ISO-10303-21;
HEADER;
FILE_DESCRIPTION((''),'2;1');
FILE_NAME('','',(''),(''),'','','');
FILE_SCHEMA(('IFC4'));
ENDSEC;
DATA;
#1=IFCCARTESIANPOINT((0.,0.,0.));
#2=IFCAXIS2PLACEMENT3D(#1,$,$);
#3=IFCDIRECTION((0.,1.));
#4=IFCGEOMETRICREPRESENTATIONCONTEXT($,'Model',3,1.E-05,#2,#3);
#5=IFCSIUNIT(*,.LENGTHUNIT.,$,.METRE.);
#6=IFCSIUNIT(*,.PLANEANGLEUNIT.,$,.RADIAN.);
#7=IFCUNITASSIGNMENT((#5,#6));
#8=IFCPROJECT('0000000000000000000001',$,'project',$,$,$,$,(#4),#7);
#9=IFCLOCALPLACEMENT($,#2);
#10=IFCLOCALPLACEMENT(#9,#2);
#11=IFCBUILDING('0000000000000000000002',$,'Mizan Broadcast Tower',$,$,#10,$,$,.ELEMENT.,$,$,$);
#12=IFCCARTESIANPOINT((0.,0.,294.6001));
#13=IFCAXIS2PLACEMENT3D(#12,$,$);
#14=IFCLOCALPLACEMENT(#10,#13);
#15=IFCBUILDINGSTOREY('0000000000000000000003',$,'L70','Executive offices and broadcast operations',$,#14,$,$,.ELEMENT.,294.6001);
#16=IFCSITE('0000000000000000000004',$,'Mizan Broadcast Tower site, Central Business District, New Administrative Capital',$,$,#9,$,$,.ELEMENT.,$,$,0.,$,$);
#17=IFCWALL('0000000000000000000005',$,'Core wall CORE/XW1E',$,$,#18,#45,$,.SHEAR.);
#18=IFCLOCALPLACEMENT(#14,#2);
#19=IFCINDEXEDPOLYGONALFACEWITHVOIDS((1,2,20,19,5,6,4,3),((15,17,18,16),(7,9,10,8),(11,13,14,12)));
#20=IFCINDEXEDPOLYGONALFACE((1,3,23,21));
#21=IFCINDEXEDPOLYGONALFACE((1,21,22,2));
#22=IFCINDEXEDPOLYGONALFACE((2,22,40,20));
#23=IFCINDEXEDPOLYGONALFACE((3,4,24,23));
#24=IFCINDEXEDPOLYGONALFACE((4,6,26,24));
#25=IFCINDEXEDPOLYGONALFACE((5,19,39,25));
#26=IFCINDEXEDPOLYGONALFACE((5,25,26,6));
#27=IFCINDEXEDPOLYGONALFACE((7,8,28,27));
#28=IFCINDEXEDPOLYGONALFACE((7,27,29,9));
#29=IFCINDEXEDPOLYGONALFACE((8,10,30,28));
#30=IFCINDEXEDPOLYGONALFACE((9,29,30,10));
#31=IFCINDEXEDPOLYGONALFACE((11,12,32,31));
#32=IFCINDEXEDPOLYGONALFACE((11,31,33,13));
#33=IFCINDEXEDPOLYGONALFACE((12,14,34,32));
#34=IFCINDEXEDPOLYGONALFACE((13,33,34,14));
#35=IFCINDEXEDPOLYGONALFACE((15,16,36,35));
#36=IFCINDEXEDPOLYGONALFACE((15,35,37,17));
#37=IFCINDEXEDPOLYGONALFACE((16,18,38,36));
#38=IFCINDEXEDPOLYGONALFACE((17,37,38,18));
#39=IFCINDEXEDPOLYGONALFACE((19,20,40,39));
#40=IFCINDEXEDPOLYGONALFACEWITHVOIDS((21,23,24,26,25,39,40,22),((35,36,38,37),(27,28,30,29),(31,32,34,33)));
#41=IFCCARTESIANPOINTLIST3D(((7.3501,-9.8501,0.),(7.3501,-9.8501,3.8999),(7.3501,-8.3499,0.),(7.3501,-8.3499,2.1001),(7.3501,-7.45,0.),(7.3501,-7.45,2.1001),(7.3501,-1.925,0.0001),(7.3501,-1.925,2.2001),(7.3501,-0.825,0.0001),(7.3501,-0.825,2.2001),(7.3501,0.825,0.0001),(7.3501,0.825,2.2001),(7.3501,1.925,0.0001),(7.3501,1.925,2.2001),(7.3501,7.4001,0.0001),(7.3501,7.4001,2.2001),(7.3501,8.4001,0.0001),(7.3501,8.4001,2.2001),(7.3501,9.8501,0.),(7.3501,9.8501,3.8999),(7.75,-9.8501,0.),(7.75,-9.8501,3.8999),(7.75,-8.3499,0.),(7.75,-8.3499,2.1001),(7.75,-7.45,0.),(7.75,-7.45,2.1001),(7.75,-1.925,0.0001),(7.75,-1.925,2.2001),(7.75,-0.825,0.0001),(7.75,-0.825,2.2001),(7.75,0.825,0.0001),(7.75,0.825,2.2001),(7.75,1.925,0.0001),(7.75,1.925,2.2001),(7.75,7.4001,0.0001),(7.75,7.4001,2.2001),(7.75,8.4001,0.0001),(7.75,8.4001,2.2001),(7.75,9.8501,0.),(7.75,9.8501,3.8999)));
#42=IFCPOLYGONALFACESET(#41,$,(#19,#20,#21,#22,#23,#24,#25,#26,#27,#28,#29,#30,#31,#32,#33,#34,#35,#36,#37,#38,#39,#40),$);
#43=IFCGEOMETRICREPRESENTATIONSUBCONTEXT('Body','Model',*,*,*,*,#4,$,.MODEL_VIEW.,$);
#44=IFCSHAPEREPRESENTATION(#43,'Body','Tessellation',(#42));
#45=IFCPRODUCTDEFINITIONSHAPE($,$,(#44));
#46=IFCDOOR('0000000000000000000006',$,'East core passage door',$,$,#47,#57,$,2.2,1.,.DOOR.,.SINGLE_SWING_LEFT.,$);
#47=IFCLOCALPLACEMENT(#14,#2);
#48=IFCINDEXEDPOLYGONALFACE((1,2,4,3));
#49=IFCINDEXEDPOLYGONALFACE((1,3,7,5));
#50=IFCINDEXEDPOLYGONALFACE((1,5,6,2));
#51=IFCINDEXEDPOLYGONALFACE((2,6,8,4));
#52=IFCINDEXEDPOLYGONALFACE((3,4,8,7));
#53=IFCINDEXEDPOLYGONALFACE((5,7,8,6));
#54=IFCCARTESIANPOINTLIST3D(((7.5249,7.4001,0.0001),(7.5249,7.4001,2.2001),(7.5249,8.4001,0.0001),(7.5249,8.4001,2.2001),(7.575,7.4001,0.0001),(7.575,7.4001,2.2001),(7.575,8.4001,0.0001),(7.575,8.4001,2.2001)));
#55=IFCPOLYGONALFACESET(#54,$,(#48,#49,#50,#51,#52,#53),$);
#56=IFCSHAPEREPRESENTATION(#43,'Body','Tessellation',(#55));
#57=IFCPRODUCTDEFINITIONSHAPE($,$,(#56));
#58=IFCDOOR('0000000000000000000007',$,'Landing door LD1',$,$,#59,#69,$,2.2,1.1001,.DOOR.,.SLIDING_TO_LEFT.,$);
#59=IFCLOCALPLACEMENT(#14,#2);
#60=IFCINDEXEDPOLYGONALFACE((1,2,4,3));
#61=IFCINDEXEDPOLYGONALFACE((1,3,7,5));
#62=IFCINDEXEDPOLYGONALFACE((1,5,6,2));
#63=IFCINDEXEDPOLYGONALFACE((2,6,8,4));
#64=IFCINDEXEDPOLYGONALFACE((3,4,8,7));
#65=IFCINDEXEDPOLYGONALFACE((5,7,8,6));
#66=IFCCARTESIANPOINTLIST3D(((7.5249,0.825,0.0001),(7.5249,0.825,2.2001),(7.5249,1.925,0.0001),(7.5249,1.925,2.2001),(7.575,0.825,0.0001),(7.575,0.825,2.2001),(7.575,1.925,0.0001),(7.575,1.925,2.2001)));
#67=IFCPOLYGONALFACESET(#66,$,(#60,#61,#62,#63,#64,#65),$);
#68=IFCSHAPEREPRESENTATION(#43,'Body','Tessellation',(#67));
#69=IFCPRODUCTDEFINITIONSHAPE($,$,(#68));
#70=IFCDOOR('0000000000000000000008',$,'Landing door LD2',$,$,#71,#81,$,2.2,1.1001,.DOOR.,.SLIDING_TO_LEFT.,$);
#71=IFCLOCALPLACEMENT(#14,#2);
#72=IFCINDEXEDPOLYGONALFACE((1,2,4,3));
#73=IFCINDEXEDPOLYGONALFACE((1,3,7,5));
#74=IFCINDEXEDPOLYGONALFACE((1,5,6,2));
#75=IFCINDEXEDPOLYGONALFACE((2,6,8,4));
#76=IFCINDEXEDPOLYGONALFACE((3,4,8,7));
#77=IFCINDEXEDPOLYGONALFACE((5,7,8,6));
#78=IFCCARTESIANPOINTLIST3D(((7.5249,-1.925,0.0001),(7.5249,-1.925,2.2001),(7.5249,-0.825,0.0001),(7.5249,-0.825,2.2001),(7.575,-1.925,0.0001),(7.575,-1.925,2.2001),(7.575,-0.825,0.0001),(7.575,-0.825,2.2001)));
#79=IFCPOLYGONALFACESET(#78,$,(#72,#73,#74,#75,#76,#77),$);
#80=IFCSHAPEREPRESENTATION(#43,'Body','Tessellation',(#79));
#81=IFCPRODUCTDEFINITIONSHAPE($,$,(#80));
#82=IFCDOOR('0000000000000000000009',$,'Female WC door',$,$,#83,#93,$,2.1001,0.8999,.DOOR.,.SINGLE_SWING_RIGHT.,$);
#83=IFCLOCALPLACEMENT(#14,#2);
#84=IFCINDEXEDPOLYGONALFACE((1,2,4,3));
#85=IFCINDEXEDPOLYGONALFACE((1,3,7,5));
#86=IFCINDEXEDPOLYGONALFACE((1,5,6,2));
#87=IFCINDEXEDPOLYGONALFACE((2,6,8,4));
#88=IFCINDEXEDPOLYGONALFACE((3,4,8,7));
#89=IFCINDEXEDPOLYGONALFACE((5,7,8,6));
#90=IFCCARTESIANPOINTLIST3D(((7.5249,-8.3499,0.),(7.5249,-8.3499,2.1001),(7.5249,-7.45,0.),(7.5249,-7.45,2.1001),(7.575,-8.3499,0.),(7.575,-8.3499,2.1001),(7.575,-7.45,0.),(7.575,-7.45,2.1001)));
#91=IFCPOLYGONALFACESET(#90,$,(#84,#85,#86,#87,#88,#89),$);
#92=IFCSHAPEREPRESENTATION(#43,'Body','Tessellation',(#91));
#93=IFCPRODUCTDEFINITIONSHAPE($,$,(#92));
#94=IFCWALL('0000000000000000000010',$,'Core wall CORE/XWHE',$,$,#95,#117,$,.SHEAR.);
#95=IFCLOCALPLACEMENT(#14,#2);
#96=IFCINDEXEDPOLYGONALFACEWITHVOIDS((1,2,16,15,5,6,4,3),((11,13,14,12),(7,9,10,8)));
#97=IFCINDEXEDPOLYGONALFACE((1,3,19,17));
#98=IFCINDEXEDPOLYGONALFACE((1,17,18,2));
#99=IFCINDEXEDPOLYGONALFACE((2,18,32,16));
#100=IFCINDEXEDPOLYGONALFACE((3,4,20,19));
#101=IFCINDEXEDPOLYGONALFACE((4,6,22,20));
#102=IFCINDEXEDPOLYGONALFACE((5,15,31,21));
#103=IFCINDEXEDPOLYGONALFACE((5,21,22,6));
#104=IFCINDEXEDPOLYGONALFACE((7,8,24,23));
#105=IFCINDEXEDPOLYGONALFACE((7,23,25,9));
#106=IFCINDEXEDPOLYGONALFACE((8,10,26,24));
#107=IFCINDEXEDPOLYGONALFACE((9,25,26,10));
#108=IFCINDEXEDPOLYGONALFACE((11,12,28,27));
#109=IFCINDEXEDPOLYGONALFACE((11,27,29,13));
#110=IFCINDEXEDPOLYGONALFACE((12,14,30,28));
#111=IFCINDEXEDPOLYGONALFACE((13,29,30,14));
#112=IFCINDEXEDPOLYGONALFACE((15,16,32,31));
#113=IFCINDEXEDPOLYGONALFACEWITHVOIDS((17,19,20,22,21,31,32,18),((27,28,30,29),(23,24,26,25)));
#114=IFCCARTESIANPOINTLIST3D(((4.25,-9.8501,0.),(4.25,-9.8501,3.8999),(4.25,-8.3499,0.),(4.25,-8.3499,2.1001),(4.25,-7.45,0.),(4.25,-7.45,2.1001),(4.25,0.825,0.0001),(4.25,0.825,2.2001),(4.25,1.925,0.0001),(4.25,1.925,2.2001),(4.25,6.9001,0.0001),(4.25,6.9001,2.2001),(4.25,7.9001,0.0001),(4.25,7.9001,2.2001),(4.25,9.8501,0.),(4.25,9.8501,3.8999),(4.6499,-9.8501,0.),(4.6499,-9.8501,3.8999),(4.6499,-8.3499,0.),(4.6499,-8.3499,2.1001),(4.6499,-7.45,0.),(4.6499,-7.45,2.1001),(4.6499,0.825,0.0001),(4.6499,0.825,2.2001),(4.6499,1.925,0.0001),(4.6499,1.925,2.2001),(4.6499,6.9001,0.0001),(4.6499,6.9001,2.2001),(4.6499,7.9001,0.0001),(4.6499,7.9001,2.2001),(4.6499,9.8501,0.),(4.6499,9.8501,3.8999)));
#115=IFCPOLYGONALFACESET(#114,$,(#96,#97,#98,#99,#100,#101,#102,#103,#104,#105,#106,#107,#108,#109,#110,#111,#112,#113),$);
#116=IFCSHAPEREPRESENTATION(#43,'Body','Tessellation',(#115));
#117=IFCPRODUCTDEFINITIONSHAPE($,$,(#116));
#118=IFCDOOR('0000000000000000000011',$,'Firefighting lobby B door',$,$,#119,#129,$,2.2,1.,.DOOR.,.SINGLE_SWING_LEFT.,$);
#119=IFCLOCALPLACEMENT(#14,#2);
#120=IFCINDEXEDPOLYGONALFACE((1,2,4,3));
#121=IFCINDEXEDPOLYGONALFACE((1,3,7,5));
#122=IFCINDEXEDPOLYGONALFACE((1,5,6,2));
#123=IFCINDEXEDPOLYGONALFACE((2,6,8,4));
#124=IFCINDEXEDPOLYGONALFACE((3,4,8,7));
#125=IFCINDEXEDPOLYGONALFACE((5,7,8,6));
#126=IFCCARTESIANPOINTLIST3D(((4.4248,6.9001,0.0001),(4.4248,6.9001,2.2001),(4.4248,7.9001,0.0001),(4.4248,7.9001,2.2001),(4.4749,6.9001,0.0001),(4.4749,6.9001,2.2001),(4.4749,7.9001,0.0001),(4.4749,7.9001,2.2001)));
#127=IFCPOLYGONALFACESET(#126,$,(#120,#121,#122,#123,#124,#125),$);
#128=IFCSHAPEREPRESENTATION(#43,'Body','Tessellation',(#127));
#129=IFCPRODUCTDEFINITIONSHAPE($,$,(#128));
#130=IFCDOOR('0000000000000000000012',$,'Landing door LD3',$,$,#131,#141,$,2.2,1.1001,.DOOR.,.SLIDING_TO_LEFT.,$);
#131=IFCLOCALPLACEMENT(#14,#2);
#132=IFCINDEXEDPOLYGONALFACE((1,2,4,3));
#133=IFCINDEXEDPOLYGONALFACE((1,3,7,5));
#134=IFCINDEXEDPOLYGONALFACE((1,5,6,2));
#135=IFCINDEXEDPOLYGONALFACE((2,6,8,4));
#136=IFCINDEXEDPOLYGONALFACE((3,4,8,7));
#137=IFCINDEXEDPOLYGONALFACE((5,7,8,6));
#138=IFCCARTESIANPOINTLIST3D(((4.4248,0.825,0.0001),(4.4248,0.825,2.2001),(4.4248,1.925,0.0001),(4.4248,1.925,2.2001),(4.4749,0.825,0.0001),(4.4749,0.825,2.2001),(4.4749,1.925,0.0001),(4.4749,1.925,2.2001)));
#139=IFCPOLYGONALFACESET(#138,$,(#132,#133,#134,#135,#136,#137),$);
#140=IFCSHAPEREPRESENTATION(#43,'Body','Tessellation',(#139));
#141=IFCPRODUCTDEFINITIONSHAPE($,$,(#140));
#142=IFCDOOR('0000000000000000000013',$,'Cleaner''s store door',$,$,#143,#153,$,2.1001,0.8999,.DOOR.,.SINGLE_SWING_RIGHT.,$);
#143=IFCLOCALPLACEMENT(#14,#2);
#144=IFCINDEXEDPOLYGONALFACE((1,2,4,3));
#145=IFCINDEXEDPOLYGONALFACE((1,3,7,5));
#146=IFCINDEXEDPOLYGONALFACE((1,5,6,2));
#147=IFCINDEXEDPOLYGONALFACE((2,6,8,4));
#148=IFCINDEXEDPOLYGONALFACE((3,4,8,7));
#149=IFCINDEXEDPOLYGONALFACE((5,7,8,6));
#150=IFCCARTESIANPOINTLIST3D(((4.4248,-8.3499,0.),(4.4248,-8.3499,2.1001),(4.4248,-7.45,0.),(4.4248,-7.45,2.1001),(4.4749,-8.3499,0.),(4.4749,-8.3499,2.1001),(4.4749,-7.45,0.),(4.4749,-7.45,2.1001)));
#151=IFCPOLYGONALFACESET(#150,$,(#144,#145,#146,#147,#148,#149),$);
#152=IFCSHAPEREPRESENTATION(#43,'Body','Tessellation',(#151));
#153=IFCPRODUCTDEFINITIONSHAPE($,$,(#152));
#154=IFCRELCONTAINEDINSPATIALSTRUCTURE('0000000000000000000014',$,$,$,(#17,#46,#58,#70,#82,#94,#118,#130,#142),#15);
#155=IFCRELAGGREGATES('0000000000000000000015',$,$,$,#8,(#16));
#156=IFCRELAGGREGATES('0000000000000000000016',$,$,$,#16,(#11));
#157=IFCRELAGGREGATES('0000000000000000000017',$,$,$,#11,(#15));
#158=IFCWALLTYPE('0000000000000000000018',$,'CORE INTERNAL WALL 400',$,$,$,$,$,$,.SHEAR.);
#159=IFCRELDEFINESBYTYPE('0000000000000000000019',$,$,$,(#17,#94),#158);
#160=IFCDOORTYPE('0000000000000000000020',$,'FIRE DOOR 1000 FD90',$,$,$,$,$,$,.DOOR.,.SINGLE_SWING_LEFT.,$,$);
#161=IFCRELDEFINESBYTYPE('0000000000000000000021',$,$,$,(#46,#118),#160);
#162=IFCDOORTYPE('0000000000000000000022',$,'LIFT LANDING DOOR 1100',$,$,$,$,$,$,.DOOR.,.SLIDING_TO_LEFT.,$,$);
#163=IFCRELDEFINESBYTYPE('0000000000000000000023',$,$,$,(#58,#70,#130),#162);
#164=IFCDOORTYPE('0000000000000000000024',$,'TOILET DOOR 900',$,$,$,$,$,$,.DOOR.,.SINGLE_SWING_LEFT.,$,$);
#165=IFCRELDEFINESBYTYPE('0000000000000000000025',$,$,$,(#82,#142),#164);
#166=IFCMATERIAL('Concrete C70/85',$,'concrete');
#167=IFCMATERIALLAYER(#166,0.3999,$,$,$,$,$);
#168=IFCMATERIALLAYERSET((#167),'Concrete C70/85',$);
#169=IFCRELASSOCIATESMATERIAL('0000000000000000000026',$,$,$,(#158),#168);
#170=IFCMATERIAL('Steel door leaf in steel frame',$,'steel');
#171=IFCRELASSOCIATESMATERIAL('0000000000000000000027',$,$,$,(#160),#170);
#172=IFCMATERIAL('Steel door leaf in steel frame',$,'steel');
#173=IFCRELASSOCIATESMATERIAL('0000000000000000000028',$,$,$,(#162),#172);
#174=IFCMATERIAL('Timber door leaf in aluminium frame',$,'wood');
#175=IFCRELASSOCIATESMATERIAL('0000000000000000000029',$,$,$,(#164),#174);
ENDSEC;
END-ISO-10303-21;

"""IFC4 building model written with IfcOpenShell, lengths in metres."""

from ifc_helpers import new_model, si_unit, direction, frame, frame_2d, origin, place, context, subcontext, project, spatial, rectangle, extrude, material, layer, layer_set, type_object, element, fill, save


model = new_model("IFC4")

# Units and contexts
model_context = context("Model", 3, precision=1e-05, world=origin(), true_north=direction((0.0, 1.0)))
body_context = subcontext(model_context, "Body", "Model", "MODEL_VIEW")
ifc_project = project(units=[si_unit("LENGTHUNIT", "METRE"), si_unit("PLANEANGLEUNIT", "RADIAN")], contexts=[model_context])

# Site, building, storey
site_placement = place(None, origin())
site = spatial("IfcSite", under=ifc_project, at=site_placement, Name="Mizan Broadcast Tower site, Central Business District, New Administrative Capital", CompositionType="ELEMENT", RefElevation=0.0)
building_placement = place(site_placement, origin())
building = spatial("IfcBuilding", under=site, at=building_placement, Name="Mizan Broadcast Tower", CompositionType="ELEMENT")
storey_placement = place(building_placement, frame((0.0, 0.0, 294.6001)))
storey = spatial("IfcBuildingStorey", under=building, at=storey_placement, Name="L70", Description="Executive offices and broadcast operations", CompositionType="ELEMENT", Elevation=294.6001)

# Walls, openings, doors
ifc_material_1 = material(Name="Concrete C70/85", Category="concrete")
ifc_layer_1 = layer(ifc_material_1, 0.3999)
ifc_layer_set_1 = layer_set([ifc_layer_1], Name="Concrete C70/85")
wall_type = type_object("IfcWallType", Name="CORE INTERNAL WALL 400", PredefinedType="SHEAR", material=ifc_layer_set_1)
wall_1_placement = place(storey_placement, frame((7.55, 9.8501, 0.0), z_axis=(0.0, 0.0, 1.0), x_axis=(0.0, -1.0, 0.0)))
wall_1 = element("IfcWall", 1, at=wall_1_placement, inside=storey, type_object=wall_type, Name="Core wall CORE/XW1E", PredefinedType="SHEAR", context=body_context, shape_type="SweptSolid", body=[
    extrude(rectangle(XDim=19.7002, YDim=0.3999, at=frame_2d((9.8501, 0.0))), origin(), (0.0, 0.0, 1.0), 3.8999),
])
opening_1_placement = place(wall_1_placement, frame((1.45, 0.0, 0.0)))
opening_1 = element("IfcOpeningElement", 2, at=opening_1_placement, cuts=wall_1, PredefinedType="OPENING", context=body_context, shape_type="SweptSolid", body=[
    extrude(rectangle(XDim=1.0, YDim=2.2, at=frame_2d((0.5, 1.1001))), frame((0.0, 0.21, 0.0), z_axis=(0.0, -1.0, 0.0), x_axis=(1.0, 0.0, 0.0)), (0.0, 0.0, 1.0), 0.4199),
])
opening_2_placement = place(wall_1_placement, frame((17.3, 0.0, 0.0)))
opening_2 = element("IfcOpeningElement", 3, at=opening_2_placement, cuts=wall_1, PredefinedType="OPENING", context=body_context, shape_type="SweptSolid", body=[
    extrude(rectangle(XDim=0.8999, YDim=2.1001, at=frame_2d((0.45, 1.05))), frame((0.0, 0.21, 0.0), z_axis=(0.0, -1.0, 0.0), x_axis=(1.0, 0.0, 0.0)), (0.0, 0.0, 1.0), 0.4199),
])
opening_3_placement = place(wall_1_placement, frame((7.925, 0.0, 0.0)))
opening_3 = element("IfcOpeningElement", 4, at=opening_3_placement, cuts=wall_1, PredefinedType="OPENING", context=body_context, shape_type="SweptSolid", body=[
    extrude(rectangle(XDim=1.1001, YDim=2.2, at=frame_2d((0.55, 1.1001))), frame((0.0, 0.21, 0.0), z_axis=(0.0, -1.0, 0.0), x_axis=(1.0, 0.0, 0.0)), (0.0, 0.0, 1.0), 0.4199),
])
opening_4_placement = place(wall_1_placement, frame((10.675, 0.0, 0.0)))
opening_4 = element("IfcOpeningElement", 5, at=opening_4_placement, cuts=wall_1, PredefinedType="OPENING", context=body_context, shape_type="SweptSolid", body=[
    extrude(rectangle(XDim=1.1001, YDim=2.2, at=frame_2d((0.55, 1.1001))), frame((0.0, 0.21, 0.0), z_axis=(0.0, -1.0, 0.0), x_axis=(1.0, 0.0, 0.0)), (0.0, 0.0, 1.0), 0.4199),
])
ifc_material_2 = material(Name="Steel door leaf in steel frame", Category="steel")
door_type_1 = type_object("IfcDoorType", Name="FIRE DOOR 1000 FD90", OperationType="SINGLE_SWING_LEFT", PredefinedType="DOOR", material=ifc_material_2)
door_1_placement = place(opening_1_placement, origin())
door_1 = element("IfcDoor", 6, at=door_1_placement, inside=storey, type_object=door_type_1, Name="East core passage door", OperationType="SINGLE_SWING_LEFT", OverallHeight=2.2, OverallWidth=1.0, PredefinedType="DOOR", context=body_context, shape_type="SweptSolid", body=[
    extrude(rectangle(XDim=1.0, YDim=2.2, at=frame_2d((0.5, 1.1001))), frame((0.0, 0.0249, 0.0), z_axis=(0.0, -1.0, 0.0), x_axis=(1.0, 0.0, 0.0)), (0.0, 0.0, 1.0), 0.05),
])
fill(opening_1, door_1)
ifc_material_3 = material(Name="Steel door leaf in steel frame", Category="steel")
door_type_2 = type_object("IfcDoorType", Name="LIFT LANDING DOOR 1100", OperationType="SLIDING_TO_LEFT", PredefinedType="DOOR", material=ifc_material_3)
door_2_placement = place(opening_3_placement, origin())
door_2 = element("IfcDoor", 7, at=door_2_placement, inside=storey, type_object=door_type_2, Name="Landing door LD1", OperationType="SLIDING_TO_LEFT", OverallHeight=2.2, OverallWidth=1.1001, PredefinedType="DOOR", context=body_context, shape_type="SweptSolid", body=[
    extrude(rectangle(XDim=1.1001, YDim=2.2, at=frame_2d((0.55, 1.1001))), frame((0.0, 0.0249, 0.0), z_axis=(0.0, -1.0, 0.0), x_axis=(1.0, 0.0, 0.0)), (0.0, 0.0, 1.0), 0.05),
])
fill(opening_3, door_2)
door_3_placement = place(opening_4_placement, origin())
door_3 = element("IfcDoor", 8, at=door_3_placement, inside=storey, type_object=door_type_2, Name="Landing door LD2", OperationType="SLIDING_TO_LEFT", OverallHeight=2.2, OverallWidth=1.1001, PredefinedType="DOOR", context=body_context, shape_type="SweptSolid", body=[
    extrude(rectangle(XDim=1.1001, YDim=2.2, at=frame_2d((0.55, 1.1001))), frame((0.0, 0.0249, 0.0), z_axis=(0.0, -1.0, 0.0), x_axis=(1.0, 0.0, 0.0)), (0.0, 0.0, 1.0), 0.05),
])
fill(opening_4, door_3)
ifc_material_4 = material(Name="Timber door leaf in aluminium frame", Category="wood")
door_type_3 = type_object("IfcDoorType", Name="TOILET DOOR 900", OperationType="SINGLE_SWING_LEFT", PredefinedType="DOOR", material=ifc_material_4)
door_4_placement = place(opening_2_placement, origin())
door_4 = element("IfcDoor", 9, at=door_4_placement, inside=storey, type_object=door_type_3, Name="Female WC door", OperationType="SINGLE_SWING_RIGHT", OverallHeight=2.1001, OverallWidth=0.8999, PredefinedType="DOOR", context=body_context, shape_type="SweptSolid", body=[
    extrude(rectangle(XDim=0.8999, YDim=2.1001, at=frame_2d((0.45, 1.05))), frame((0.0, 0.0249, 0.0), z_axis=(0.0, -1.0, 0.0), x_axis=(1.0, 0.0, 0.0)), (0.0, 0.0, 1.0), 0.05),
])
fill(opening_2, door_4)
wall_2_placement = place(storey_placement, frame((4.45, 9.8501, 0.0), z_axis=(0.0, 0.0, 1.0), x_axis=(0.0, -1.0, 0.0)))
wall_2 = element("IfcWall", 10, at=wall_2_placement, inside=storey, type_object=wall_type, Name="Core wall CORE/XWHE", PredefinedType="SHEAR", context=body_context, shape_type="SweptSolid", body=[
    extrude(rectangle(XDim=19.7002, YDim=0.3999, at=frame_2d((9.8501, 0.0))), origin(), (0.0, 0.0, 1.0), 3.8999),
])
opening_5_placement = place(wall_2_placement, frame((1.95, 0.0, 0.0)))
opening_5 = element("IfcOpeningElement", 11, at=opening_5_placement, cuts=wall_2, PredefinedType="OPENING", context=body_context, shape_type="SweptSolid", body=[
    extrude(rectangle(XDim=1.0, YDim=2.2, at=frame_2d((0.5, 1.1001))), frame((0.0, 0.21, 0.0), z_axis=(0.0, -1.0, 0.0), x_axis=(1.0, 0.0, 0.0)), (0.0, 0.0, 1.0), 0.4199),
])
opening_6_placement = place(wall_2_placement, frame((17.3, 0.0, 0.0)))
opening_6 = element("IfcOpeningElement", 12, at=opening_6_placement, cuts=wall_2, PredefinedType="OPENING", context=body_context, shape_type="SweptSolid", body=[
    extrude(rectangle(XDim=0.8999, YDim=2.1001, at=frame_2d((0.45, 1.05))), frame((0.0, 0.21, 0.0), z_axis=(0.0, -1.0, 0.0), x_axis=(1.0, 0.0, 0.0)), (0.0, 0.0, 1.0), 0.4199),
])
opening_7_placement = place(wall_2_placement, frame((7.925, 0.0, 0.0)))
opening_7 = element("IfcOpeningElement", 13, at=opening_7_placement, cuts=wall_2, PredefinedType="OPENING", context=body_context, shape_type="SweptSolid", body=[
    extrude(rectangle(XDim=1.1001, YDim=2.2, at=frame_2d((0.55, 1.1001))), frame((0.0, 0.21, 0.0), z_axis=(0.0, -1.0, 0.0), x_axis=(1.0, 0.0, 0.0)), (0.0, 0.0, 1.0), 0.4199),
])
door_5_placement = place(opening_5_placement, origin())
door_5 = element("IfcDoor", 14, at=door_5_placement, inside=storey, type_object=door_type_1, Name="Firefighting lobby B door", OperationType="SINGLE_SWING_LEFT", OverallHeight=2.2, OverallWidth=1.0, PredefinedType="DOOR", context=body_context, shape_type="SweptSolid", body=[
    extrude(rectangle(XDim=1.0, YDim=2.2, at=frame_2d((0.5, 1.1001))), frame((0.0, 0.0249, 0.0), z_axis=(0.0, -1.0, 0.0), x_axis=(1.0, 0.0, 0.0)), (0.0, 0.0, 1.0), 0.05),
])
fill(opening_5, door_5)
door_6_placement = place(opening_7_placement, origin())
door_6 = element("IfcDoor", 15, at=door_6_placement, inside=storey, type_object=door_type_2, Name="Landing door LD3", OperationType="SLIDING_TO_LEFT", OverallHeight=2.2, OverallWidth=1.1001, PredefinedType="DOOR", context=body_context, shape_type="SweptSolid", body=[
    extrude(rectangle(XDim=1.1001, YDim=2.2, at=frame_2d((0.55, 1.1001))), frame((0.0, 0.0249, 0.0), z_axis=(0.0, -1.0, 0.0), x_axis=(1.0, 0.0, 0.0)), (0.0, 0.0, 1.0), 0.05),
])
fill(opening_7, door_6)
door_7_placement = place(opening_6_placement, origin())
door_7 = element("IfcDoor", 16, at=door_7_placement, inside=storey, type_object=door_type_3, Name="Cleaner's store door", OperationType="SINGLE_SWING_RIGHT", OverallHeight=2.1001, OverallWidth=0.8999, PredefinedType="DOOR", context=body_context, shape_type="SweptSolid", body=[
    extrude(rectangle(XDim=0.8999, YDim=2.1001, at=frame_2d((0.45, 1.05))), frame((0.0, 0.0249, 0.0), z_axis=(0.0, -1.0, 0.0), x_axis=(1.0, 0.0, 0.0)), (0.0, 0.0, 1.0), 0.05),
])
fill(opening_6, door_7)

save(model, "model.ifc")
